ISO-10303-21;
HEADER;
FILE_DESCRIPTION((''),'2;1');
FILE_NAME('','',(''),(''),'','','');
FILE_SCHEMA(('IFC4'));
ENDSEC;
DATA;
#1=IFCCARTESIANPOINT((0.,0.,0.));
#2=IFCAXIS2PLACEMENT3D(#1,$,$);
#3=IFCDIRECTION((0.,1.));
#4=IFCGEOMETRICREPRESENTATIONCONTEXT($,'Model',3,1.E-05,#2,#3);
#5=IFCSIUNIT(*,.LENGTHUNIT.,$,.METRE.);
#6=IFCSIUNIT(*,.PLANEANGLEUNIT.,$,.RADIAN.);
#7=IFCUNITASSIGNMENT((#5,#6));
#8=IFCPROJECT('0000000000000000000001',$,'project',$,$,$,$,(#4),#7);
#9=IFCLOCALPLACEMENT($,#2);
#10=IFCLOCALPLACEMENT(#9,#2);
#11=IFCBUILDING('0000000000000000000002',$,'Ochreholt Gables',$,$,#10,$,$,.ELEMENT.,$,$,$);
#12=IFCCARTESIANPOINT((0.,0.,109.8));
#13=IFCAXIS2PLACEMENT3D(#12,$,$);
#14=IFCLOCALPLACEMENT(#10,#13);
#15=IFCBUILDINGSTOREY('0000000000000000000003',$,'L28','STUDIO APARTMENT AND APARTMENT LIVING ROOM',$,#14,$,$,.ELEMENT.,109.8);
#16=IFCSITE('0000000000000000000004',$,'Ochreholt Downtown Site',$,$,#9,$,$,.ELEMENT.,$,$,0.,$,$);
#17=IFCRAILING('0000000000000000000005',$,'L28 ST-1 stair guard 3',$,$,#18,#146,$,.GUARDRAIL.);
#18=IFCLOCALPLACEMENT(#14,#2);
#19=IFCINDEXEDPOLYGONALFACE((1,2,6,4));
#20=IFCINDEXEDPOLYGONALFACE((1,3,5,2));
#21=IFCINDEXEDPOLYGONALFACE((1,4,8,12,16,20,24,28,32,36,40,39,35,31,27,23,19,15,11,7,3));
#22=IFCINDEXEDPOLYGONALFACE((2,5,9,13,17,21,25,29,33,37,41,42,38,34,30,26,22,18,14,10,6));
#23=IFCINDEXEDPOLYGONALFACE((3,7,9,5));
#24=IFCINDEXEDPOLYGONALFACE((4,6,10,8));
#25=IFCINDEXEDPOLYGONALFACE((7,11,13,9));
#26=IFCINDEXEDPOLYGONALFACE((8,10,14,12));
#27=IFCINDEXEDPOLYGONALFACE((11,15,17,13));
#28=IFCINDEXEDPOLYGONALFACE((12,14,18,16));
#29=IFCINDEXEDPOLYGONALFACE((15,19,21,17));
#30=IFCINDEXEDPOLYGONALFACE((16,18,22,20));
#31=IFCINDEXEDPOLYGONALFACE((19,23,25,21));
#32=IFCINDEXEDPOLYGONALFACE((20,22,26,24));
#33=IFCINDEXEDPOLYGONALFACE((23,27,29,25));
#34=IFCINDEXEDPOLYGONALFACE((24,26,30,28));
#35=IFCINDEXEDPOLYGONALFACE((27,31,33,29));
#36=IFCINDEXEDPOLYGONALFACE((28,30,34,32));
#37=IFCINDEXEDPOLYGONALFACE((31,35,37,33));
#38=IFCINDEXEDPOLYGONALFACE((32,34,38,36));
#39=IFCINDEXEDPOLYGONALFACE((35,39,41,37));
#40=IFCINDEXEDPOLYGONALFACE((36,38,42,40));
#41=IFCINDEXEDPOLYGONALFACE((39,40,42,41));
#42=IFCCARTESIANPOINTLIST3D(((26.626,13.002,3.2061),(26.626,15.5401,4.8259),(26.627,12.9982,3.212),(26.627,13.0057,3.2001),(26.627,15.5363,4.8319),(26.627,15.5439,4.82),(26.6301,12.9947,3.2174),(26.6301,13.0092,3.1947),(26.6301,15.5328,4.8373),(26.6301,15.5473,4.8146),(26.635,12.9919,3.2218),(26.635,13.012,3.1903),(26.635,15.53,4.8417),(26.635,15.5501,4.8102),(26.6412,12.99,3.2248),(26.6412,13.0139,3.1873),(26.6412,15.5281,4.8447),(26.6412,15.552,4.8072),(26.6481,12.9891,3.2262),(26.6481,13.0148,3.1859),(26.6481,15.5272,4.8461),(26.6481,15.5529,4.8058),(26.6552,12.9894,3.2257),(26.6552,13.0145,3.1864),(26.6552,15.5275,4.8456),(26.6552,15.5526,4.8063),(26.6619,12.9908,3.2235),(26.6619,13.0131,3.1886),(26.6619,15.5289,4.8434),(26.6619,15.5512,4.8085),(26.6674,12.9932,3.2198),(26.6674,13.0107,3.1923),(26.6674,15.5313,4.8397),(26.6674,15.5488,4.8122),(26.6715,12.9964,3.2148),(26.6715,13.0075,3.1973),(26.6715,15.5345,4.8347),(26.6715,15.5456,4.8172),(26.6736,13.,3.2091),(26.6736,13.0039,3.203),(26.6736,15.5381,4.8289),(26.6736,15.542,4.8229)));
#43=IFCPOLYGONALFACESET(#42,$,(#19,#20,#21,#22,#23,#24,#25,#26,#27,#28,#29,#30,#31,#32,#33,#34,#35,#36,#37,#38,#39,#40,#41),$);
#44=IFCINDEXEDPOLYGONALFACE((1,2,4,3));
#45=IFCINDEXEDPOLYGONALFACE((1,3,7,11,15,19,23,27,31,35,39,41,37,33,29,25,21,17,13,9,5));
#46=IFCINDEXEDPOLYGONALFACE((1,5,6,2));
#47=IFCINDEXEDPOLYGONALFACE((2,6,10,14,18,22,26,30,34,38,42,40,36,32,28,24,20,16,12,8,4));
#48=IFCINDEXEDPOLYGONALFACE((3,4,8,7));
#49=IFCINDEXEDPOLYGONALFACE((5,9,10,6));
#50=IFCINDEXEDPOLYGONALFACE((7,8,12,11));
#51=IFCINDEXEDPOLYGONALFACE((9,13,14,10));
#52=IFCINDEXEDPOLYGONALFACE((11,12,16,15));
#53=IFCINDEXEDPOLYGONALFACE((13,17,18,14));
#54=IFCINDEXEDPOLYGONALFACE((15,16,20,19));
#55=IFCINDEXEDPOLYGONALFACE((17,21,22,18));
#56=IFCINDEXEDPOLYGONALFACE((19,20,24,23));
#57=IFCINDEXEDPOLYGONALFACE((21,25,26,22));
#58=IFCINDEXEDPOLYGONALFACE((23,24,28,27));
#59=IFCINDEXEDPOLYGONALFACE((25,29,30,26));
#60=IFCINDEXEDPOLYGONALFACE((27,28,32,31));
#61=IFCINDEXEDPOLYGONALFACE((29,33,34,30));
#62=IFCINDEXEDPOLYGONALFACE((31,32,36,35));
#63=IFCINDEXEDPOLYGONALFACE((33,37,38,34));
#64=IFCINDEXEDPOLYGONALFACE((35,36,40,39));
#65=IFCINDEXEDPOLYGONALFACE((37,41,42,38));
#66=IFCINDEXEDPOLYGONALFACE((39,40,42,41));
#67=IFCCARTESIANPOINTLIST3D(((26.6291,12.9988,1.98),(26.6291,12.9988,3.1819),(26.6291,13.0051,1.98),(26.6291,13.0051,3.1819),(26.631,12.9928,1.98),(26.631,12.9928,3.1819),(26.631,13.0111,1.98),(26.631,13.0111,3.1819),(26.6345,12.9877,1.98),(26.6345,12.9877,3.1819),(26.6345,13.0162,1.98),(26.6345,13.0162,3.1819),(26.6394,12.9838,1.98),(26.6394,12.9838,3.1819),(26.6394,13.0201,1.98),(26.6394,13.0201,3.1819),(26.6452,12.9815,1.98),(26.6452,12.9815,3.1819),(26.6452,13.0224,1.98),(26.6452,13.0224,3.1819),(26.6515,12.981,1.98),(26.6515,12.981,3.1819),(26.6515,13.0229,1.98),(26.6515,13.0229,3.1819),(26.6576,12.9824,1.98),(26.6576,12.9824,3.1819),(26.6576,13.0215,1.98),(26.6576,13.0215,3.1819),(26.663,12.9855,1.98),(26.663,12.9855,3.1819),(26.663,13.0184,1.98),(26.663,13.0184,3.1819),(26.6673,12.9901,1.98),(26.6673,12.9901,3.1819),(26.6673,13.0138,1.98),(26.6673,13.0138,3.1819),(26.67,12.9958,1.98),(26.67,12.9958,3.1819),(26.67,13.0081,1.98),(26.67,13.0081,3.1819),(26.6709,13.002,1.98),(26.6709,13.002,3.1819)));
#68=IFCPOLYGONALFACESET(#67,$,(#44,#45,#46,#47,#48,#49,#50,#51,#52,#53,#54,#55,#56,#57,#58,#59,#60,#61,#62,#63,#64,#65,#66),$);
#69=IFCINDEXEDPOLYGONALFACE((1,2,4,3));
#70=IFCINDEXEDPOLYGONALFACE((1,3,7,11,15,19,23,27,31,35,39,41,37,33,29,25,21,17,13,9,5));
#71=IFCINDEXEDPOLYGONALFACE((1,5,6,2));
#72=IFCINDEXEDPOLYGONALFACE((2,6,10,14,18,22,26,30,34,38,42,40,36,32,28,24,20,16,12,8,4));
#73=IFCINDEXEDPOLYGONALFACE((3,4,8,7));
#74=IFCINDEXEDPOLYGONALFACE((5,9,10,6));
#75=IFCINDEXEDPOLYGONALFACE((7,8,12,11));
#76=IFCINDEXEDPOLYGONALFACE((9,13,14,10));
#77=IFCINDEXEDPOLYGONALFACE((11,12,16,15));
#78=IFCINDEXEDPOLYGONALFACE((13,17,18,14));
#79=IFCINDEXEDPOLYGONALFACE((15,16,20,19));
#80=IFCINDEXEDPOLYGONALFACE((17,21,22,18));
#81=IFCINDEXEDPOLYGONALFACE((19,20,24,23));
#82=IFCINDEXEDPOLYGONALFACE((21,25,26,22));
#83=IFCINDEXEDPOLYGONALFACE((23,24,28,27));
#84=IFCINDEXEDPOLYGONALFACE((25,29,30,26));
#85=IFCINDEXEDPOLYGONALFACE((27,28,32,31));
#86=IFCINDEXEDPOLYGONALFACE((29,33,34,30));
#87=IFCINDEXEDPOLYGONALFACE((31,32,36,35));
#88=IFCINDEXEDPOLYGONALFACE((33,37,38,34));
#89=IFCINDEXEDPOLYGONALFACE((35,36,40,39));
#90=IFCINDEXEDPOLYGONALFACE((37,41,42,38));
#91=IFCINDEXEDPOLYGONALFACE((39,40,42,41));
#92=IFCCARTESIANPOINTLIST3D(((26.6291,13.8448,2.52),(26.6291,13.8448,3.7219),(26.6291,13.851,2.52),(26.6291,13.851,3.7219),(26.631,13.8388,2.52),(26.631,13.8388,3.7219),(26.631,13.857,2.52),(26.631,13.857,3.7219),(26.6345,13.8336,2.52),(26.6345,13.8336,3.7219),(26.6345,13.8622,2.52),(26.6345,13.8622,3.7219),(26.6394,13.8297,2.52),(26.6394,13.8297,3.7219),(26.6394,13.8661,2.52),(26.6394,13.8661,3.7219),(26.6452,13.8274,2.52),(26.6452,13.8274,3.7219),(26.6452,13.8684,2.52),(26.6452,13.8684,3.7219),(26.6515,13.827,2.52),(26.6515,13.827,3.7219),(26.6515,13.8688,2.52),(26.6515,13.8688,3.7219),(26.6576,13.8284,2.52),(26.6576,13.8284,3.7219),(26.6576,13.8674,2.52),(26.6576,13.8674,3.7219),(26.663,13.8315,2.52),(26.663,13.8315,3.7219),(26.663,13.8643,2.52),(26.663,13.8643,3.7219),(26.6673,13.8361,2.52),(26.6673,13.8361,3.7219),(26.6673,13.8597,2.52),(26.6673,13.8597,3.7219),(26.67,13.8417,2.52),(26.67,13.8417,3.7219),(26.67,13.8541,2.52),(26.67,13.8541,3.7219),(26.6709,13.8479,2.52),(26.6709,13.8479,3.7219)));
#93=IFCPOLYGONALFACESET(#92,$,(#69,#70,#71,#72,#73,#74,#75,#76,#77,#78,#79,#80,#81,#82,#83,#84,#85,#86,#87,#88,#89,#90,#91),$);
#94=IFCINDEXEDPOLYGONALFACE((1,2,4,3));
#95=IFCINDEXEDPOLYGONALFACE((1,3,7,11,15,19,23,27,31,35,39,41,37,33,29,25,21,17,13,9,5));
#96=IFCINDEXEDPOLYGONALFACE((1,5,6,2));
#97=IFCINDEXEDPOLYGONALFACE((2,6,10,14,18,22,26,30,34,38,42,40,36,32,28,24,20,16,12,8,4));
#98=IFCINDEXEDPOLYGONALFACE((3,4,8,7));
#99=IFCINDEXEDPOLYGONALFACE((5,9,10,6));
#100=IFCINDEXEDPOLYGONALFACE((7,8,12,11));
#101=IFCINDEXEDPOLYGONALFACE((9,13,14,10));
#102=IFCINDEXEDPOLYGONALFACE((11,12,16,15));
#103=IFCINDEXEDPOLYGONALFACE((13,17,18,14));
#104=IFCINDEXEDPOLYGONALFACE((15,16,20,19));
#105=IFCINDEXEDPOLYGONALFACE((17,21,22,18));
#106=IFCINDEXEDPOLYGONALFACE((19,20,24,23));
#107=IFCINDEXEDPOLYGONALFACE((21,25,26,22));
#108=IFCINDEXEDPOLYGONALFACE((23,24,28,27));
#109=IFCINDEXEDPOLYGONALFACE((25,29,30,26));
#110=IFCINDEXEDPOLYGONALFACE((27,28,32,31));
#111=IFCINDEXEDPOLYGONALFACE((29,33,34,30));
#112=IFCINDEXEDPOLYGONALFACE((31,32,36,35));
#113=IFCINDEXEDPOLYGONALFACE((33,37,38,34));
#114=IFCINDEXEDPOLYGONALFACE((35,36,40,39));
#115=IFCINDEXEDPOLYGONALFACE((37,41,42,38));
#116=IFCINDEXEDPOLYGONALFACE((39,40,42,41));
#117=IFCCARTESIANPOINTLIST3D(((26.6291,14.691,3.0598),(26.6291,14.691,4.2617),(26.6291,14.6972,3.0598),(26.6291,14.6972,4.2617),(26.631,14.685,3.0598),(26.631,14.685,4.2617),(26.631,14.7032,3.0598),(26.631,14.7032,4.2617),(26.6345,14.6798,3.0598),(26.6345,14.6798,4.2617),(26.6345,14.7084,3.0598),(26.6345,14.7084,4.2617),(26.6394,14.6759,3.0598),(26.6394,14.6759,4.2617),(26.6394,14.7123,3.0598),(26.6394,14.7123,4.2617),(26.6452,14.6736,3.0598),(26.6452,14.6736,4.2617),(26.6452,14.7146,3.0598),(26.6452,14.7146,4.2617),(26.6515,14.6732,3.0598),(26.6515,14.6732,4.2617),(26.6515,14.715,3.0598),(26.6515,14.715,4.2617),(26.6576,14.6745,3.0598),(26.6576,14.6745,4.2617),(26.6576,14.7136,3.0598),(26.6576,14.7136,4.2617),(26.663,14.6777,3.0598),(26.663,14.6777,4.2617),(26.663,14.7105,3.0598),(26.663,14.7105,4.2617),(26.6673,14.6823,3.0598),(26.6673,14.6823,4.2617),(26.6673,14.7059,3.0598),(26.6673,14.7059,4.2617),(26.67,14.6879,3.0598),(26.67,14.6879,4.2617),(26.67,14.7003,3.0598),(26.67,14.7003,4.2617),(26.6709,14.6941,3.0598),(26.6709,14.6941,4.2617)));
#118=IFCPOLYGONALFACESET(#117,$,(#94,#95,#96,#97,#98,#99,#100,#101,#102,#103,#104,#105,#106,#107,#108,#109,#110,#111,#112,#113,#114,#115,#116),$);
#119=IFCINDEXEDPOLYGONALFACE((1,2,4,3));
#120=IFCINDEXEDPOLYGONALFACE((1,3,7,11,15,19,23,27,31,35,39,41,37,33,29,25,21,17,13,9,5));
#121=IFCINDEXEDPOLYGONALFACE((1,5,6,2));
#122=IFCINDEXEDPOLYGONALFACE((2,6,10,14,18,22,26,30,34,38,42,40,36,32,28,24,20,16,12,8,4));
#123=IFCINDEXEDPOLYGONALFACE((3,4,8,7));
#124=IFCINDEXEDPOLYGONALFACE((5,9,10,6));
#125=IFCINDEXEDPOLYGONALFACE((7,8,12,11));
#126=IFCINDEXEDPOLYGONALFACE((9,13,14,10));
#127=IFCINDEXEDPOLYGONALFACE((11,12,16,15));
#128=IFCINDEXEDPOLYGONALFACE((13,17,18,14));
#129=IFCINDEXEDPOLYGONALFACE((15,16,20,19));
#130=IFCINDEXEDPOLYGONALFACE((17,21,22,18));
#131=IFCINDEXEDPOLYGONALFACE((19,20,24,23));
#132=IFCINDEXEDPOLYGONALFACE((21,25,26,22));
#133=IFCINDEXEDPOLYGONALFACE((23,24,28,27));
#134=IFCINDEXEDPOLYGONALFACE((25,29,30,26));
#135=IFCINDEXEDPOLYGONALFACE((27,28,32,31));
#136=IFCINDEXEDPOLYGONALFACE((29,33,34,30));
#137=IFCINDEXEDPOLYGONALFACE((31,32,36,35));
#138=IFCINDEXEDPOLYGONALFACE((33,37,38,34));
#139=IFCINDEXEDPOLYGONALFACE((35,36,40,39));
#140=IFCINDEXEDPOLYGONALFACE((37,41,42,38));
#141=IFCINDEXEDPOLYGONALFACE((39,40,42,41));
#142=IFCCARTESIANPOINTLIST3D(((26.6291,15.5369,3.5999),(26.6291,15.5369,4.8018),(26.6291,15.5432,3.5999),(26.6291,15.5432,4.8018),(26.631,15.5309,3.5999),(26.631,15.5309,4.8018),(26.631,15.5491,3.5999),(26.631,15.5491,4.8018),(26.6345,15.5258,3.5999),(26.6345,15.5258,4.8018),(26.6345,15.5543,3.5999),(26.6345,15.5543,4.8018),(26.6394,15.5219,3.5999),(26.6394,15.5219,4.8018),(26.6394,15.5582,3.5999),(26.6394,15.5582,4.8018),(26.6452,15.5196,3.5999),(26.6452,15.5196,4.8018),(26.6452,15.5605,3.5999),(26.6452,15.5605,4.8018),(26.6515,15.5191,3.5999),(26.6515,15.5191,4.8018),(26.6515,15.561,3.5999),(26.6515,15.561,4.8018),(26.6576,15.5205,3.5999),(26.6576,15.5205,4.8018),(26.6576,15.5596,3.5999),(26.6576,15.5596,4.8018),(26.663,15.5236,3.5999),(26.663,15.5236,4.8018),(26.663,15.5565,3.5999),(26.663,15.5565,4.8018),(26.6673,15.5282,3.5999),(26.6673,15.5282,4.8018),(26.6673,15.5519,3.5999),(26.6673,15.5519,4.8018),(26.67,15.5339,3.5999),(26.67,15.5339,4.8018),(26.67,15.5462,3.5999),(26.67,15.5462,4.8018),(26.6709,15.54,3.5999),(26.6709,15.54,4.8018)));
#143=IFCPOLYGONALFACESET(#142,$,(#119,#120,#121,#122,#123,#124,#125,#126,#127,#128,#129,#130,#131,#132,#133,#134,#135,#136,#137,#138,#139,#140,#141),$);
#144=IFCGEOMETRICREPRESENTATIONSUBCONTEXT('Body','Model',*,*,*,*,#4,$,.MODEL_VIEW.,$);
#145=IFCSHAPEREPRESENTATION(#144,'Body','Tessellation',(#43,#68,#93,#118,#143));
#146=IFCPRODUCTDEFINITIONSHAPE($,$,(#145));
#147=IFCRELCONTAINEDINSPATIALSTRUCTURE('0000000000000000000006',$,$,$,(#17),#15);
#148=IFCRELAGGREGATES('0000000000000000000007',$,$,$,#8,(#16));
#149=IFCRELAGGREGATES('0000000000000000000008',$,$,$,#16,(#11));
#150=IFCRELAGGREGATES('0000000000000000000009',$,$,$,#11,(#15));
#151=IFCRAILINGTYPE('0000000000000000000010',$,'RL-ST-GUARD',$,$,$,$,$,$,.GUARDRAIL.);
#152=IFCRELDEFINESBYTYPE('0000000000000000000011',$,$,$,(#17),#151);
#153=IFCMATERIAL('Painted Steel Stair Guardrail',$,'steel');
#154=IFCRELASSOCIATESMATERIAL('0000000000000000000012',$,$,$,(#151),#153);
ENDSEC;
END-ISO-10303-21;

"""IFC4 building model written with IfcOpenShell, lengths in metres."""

from ifc_helpers import new_model, si_unit, direction, frame, origin, origin_2d, place, context, subcontext, project, spatial, circle, extrude, material, type_object, element, save


model = new_model("IFC4")

# Units and contexts
model_context = context("Model", 3, precision=1e-05, world=origin(), true_north=direction((0.0, 1.0)))
body_context = subcontext(model_context, "Body", "Model", "MODEL_VIEW")
ifc_project = project(units=[si_unit("LENGTHUNIT", "METRE"), si_unit("PLANEANGLEUNIT", "RADIAN")], contexts=[model_context])

# Site, building, storey
site_placement = place(None, origin())
site = spatial("IfcSite", under=ifc_project, at=site_placement, Name="Ochreholt Downtown Site", CompositionType="ELEMENT", RefElevation=0.0)
building_placement = place(site_placement, origin())
building = spatial("IfcBuilding", under=site, at=building_placement, Name="Ochreholt Gables", CompositionType="ELEMENT")
storey_placement = place(building_placement, frame((0.0, 0.0, 109.8)))
storey = spatial("IfcBuildingStorey", under=building, at=storey_placement, Name="L28", Description="STUDIO APARTMENT AND APARTMENT LIVING ROOM", CompositionType="ELEMENT", Elevation=109.8)

# Railing
ifc_material_1 = material(Name="Painted Steel Stair Guardrail", Category="steel")
railing_type_1 = type_object("IfcRailingType", Name="RL-ST-GUARD", PredefinedType="GUARDRAIL", material=ifc_material_1)
railing_1_placement = place(storey_placement, frame((26.6499, 13.002, 1.98)))
element("IfcRailing", 1, at=railing_1_placement, inside=storey, type_object=railing_type_1, Name="L28 ST-1 stair guard 3", PredefinedType="GUARDRAIL", context=body_context, shape_type="SweptSolid", body=[
    extrude(circle(Radius=0.0239, at=origin_2d()), frame((0.0, 0.0, 1.2261), z_axis=(0.0, 0.84295, 0.537993), x_axis=(-1.0, 0.0, 0.0)), (0.0, 0.0, 1.0), 3.011),
    extrude(circle(Radius=0.021, at=origin_2d()), origin(), (0.0, 0.0, 1.0), 1.2019),
    extrude(circle(Radius=0.021, at=origin_2d()), frame((0.0, 0.8459, 0.54)), (0.0, 0.0, 1.0), 1.2019),
    extrude(circle(Radius=0.021, at=origin_2d()), frame((0.0, 1.6921, 1.0798)), (0.0, 0.0, 1.0), 1.2019),
    extrude(circle(Radius=0.021, at=origin_2d()), frame((0.0, 2.5381, 1.6199)), (0.0, 0.0, 1.0), 1.2019),
])

save(model, "model.ifc")
